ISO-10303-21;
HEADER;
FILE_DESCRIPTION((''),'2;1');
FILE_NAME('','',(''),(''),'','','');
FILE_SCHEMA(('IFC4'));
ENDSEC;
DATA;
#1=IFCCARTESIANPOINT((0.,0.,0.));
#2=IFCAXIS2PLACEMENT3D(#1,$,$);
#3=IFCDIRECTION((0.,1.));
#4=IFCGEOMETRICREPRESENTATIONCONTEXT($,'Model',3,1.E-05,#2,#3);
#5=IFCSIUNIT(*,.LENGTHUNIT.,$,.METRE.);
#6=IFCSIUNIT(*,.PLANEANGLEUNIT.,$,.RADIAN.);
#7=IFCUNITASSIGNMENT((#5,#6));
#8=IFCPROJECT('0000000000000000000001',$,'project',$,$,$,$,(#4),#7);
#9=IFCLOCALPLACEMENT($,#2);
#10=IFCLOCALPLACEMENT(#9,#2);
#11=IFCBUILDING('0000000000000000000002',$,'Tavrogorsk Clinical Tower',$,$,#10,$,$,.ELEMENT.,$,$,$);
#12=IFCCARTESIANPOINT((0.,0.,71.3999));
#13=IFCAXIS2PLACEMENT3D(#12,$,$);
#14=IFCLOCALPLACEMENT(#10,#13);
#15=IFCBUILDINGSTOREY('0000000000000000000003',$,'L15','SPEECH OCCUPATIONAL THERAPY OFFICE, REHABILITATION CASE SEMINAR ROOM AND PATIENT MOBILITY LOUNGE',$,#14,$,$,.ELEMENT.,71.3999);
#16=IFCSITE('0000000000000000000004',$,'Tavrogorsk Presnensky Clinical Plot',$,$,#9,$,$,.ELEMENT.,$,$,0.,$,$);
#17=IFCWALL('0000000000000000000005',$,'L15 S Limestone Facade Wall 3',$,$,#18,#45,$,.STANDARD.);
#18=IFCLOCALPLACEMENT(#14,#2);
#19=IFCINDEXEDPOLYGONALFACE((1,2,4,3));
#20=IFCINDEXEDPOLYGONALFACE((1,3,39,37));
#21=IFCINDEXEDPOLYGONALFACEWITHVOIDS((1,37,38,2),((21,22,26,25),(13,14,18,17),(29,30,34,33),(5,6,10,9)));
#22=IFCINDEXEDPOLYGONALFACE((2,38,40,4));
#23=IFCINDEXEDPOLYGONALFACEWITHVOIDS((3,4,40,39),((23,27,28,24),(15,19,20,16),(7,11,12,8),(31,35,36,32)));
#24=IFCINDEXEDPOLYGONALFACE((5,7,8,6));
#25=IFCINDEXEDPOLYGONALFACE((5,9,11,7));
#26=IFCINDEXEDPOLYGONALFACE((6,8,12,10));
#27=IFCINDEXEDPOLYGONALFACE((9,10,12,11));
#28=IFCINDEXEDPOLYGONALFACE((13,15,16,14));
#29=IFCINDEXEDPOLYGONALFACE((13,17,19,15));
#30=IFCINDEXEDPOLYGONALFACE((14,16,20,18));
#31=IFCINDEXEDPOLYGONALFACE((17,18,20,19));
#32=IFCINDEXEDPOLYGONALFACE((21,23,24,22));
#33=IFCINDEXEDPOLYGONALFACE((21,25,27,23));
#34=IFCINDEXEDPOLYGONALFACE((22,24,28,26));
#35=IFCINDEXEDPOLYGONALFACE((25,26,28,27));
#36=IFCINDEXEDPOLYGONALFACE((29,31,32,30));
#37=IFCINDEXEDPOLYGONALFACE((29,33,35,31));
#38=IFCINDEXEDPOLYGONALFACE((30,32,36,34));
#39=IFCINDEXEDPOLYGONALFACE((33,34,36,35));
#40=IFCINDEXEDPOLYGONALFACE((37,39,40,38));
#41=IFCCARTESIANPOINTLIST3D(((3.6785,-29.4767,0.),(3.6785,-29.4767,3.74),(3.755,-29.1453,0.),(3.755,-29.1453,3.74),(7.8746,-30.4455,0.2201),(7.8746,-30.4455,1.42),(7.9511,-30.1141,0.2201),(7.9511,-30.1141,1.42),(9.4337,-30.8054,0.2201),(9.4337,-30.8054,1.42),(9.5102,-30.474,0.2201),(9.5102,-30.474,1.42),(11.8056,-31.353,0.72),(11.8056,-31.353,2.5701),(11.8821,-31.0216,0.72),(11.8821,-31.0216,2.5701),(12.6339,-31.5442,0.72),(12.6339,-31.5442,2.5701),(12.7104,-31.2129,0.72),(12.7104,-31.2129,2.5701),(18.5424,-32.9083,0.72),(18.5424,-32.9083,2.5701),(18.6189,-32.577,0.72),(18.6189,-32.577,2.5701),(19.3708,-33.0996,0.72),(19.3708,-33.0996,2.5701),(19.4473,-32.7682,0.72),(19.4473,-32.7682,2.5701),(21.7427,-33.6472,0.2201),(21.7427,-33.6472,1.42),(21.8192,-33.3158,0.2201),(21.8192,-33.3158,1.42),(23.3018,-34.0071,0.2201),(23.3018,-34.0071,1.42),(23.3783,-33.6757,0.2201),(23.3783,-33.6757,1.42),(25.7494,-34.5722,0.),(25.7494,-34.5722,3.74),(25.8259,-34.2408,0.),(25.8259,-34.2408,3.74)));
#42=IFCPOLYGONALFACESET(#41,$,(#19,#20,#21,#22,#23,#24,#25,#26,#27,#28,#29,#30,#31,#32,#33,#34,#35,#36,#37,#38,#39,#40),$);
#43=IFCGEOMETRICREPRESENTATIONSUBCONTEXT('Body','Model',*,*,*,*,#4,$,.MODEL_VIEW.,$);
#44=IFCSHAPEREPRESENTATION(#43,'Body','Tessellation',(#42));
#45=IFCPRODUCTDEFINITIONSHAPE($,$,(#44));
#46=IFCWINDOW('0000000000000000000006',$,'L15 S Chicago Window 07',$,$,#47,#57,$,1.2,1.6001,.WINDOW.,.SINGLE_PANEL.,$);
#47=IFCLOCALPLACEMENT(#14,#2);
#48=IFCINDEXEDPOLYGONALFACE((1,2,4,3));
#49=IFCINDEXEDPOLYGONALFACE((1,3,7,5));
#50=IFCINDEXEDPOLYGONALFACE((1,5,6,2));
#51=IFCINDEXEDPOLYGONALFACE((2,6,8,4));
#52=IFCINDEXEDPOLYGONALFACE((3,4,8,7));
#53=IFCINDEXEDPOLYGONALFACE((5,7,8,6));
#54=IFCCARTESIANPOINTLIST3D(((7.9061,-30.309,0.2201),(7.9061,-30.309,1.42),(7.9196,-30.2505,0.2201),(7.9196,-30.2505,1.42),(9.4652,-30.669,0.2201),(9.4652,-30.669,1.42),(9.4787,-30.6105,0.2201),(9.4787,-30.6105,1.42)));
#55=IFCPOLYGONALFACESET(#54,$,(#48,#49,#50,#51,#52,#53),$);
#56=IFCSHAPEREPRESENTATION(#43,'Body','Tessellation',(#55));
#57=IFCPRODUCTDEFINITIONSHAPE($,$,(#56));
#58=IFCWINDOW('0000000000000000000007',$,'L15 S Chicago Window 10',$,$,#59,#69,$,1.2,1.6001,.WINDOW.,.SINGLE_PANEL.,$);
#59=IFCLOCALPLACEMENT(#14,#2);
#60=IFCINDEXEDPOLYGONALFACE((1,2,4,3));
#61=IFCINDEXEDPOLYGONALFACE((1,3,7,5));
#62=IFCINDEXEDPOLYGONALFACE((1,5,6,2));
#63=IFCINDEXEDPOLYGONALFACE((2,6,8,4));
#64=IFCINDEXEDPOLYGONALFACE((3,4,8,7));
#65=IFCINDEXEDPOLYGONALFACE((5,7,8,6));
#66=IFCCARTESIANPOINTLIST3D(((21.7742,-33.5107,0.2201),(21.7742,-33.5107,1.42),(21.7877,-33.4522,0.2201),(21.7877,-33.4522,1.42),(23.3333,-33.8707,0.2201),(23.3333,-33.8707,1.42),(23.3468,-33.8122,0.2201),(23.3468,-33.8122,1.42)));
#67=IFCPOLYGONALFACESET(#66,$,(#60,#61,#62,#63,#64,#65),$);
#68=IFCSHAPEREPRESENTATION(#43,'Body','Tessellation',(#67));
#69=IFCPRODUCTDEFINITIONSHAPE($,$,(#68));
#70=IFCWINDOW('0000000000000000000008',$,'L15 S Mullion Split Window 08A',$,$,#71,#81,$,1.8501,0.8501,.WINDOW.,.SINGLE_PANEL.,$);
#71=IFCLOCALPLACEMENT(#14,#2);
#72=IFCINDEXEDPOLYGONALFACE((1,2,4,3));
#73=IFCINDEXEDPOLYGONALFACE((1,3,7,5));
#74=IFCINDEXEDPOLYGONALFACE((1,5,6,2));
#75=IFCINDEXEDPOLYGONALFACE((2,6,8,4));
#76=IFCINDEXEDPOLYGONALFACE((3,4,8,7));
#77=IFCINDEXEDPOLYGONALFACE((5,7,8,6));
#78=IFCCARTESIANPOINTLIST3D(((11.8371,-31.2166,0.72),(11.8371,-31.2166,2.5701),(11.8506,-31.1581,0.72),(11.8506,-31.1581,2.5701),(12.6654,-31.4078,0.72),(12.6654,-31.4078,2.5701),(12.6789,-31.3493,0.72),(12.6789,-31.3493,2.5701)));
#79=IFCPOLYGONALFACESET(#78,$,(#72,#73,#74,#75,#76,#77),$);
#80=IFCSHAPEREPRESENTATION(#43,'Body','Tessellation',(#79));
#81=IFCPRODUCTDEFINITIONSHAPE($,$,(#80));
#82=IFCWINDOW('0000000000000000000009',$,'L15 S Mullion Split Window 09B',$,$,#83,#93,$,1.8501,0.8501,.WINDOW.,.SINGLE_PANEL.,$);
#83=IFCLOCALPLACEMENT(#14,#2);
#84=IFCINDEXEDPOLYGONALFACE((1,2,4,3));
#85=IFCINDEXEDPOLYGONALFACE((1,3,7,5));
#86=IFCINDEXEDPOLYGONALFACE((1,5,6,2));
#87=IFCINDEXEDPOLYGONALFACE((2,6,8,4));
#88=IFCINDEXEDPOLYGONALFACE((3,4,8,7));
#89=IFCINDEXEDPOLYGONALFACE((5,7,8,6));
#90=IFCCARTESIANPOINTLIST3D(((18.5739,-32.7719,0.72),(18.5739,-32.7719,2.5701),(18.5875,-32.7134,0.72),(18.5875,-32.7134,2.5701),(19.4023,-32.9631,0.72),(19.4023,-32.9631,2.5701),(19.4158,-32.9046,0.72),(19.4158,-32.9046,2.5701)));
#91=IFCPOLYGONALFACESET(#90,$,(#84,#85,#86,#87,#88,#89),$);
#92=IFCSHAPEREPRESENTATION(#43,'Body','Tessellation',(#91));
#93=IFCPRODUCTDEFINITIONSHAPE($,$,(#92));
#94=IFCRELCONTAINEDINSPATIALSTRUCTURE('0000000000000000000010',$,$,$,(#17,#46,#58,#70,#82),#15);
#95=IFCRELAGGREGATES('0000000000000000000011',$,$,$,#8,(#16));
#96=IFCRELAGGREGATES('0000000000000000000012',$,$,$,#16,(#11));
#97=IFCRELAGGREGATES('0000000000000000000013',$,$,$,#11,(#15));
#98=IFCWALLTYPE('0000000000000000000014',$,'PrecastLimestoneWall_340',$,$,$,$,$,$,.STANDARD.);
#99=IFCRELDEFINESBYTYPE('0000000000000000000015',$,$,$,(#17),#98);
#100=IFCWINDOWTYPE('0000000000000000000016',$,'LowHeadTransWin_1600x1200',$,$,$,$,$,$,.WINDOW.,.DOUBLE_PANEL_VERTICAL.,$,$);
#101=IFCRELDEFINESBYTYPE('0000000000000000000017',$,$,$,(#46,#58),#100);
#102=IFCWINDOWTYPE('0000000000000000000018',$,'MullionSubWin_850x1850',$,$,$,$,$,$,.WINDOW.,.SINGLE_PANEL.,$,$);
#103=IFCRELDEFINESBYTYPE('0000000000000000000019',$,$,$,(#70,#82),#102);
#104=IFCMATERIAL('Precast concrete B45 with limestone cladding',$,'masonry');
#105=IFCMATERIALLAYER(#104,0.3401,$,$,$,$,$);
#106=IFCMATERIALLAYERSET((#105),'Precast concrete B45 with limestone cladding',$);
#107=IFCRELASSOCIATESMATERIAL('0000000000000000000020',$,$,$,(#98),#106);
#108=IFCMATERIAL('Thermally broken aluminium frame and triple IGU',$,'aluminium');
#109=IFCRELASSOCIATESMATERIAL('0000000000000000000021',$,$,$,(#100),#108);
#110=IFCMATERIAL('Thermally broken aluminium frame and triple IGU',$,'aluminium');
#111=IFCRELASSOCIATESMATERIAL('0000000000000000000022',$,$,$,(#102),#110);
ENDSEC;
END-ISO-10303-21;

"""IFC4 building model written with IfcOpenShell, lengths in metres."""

from ifc_helpers import new_model, si_unit, direction, frame, frame_2d, origin, place, context, subcontext, project, spatial, rectangle, extrude, material, layer, layer_set, type_object, element, fill, save


model = new_model("IFC4")

# Units and contexts
model_context = context("Model", 3, precision=1e-05, world=origin(), true_north=direction((0.0, 1.0)))
body_context = subcontext(model_context, "Body", "Model", "MODEL_VIEW")
ifc_project = project(units=[si_unit("LENGTHUNIT", "METRE"), si_unit("PLANEANGLEUNIT", "RADIAN")], contexts=[model_context])

# Site, building, storey
site_placement = place(None, origin())
site = spatial("IfcSite", under=ifc_project, at=site_placement, Name="Tavrogorsk Presnensky Clinical Plot", CompositionType="ELEMENT", RefElevation=0.0)
building_placement = place(site_placement, origin())
building = spatial("IfcBuilding", under=site, at=building_placement, Name="Tavrogorsk Clinical Tower", CompositionType="ELEMENT")
storey_placement = place(building_placement, frame((0.0, 0.0, 71.3999)))
storey = spatial("IfcBuildingStorey", under=building, at=storey_placement, Name="L15", Description="SPEECH OCCUPATIONAL THERAPY OFFICE, REHABILITATION CASE SEMINAR ROOM AND PATIENT MOBILITY LOUNGE", CompositionType="ELEMENT", Elevation=71.3999)

# Wall, openings, windows
ifc_material_1 = material(Name="Precast concrete B45 with limestone cladding", Category="masonry")
ifc_layer_1 = layer(ifc_material_1, 0.3401)
ifc_layer_set_1 = layer_set([ifc_layer_1], Name="Precast concrete B45 with limestone cladding")
wall_type_1 = type_object("IfcWallType", Name="PrecastLimestoneWall_340", PredefinedType="STANDARD", material=ifc_layer_set_1)
wall_1_placement = place(storey_placement, frame((3.7168, -29.311, 0.0), z_axis=(0.0, 0.0, 1.0), x_axis=(0.97437, -0.224952, 0.0)))
wall_1 = element("IfcWall", 1, at=wall_1_placement, inside=storey, type_object=wall_type_1, Name="L15 S Limestone Facade Wall 3", PredefinedType="STANDARD", context=body_context, shape_type="SweptSolid", body=[
    extrude(rectangle(XDim=22.6514, YDim=0.3401, at=frame_2d((11.3257, 0.0))), origin(), (0.0, 0.0, 1.0), 3.74),
])
opening_1_placement = place(wall_1_placement, frame((4.3064, 0.0, 0.22)))
opening_1 = element("IfcOpeningElement", 2, at=opening_1_placement, cuts=wall_1, PredefinedType="OPENING", context=body_context, shape_type="SweptSolid", body=[
    extrude(rectangle(XDim=1.6001, YDim=1.2, at=frame_2d((0.8, 0.6001))), frame((0.0, 0.1799, 0.0), z_axis=(0.0, -1.0, 0.0), x_axis=(1.0, 0.0, 0.0)), (0.0, 0.0, 1.0), 0.3601),
])
opening_2_placement = place(wall_1_placement, frame((8.3408, 0.0, 0.72)))
opening_2 = element("IfcOpeningElement", 3, at=opening_2_placement, cuts=wall_1, PredefinedType="OPENING", context=body_context, shape_type="SweptSolid", body=[
    extrude(rectangle(XDim=0.8501, YDim=1.8501, at=frame_2d((0.425, 0.925))), frame((0.0, 0.1799, 0.0), z_axis=(0.0, -1.0, 0.0), x_axis=(1.0, 0.0, 0.0)), (0.0, 0.0, 1.0), 0.3601),
])
opening_3_placement = place(wall_1_placement, frame((15.2549, 0.0, 0.72)))
opening_3 = element("IfcOpeningElement", 4, at=opening_3_placement, cuts=wall_1, PredefinedType="OPENING", context=body_context, shape_type="SweptSolid", body=[
    extrude(rectangle(XDim=0.8501, YDim=1.8501, at=frame_2d((0.425, 0.925))), frame((0.0, 0.1799, 0.0), z_axis=(0.0, -1.0, 0.0), x_axis=(1.0, 0.0, 0.0)), (0.0, 0.0, 1.0), 0.3601),
])
opening_4_placement = place(wall_1_placement, frame((18.5393, 0.0, 0.22)))
opening_4 = element("IfcOpeningElement", 5, at=opening_4_placement, cuts=wall_1, PredefinedType="OPENING", context=body_context, shape_type="SweptSolid", body=[
    extrude(rectangle(XDim=1.6001, YDim=1.2, at=frame_2d((0.8, 0.6001))), frame((0.0, 0.1799, 0.0), z_axis=(0.0, -1.0, 0.0), x_axis=(1.0, 0.0, 0.0)), (0.0, 0.0, 1.0), 0.3601),
])
ifc_material_2 = material(Name="Thermally broken aluminium frame and triple IGU", Category="aluminium")
window_type_1 = type_object("IfcWindowType", Name="LowHeadTransWin_1600x1200", PartitioningType="DOUBLE_PANEL_VERTICAL", PredefinedType="WINDOW", material=ifc_material_2)
window_1_placement = place(opening_1_placement, origin())
window_1 = element("IfcWindow", 6, at=window_1_placement, inside=storey, type_object=window_type_1, Name="L15 S Chicago Window 07", OverallHeight=1.2, OverallWidth=1.6001, PartitioningType="SINGLE_PANEL", PredefinedType="WINDOW", context=body_context, shape_type="SweptSolid", body=[
    extrude(rectangle(XDim=1.6001, YDim=1.2, at=frame_2d((0.8, 0.6001))), frame((0.0, 0.03, 0.0), z_axis=(0.0, -1.0, 0.0), x_axis=(1.0, 0.0, 0.0)), (0.0, 0.0, 1.0), 0.0601),
])
fill(opening_1, window_1)
window_2_placement = place(opening_4_placement, origin())
window_2 = element("IfcWindow", 7, at=window_2_placement, inside=storey, type_object=window_type_1, Name="L15 S Chicago Window 10", OverallHeight=1.2, OverallWidth=1.6001, PartitioningType="SINGLE_PANEL", PredefinedType="WINDOW", context=body_context, shape_type="SweptSolid", body=[
    extrude(rectangle(XDim=1.6001, YDim=1.2, at=frame_2d((0.8, 0.6001))), frame((0.0, 0.03, 0.0), z_axis=(0.0, -1.0, 0.0), x_axis=(1.0, 0.0, 0.0)), (0.0, 0.0, 1.0), 0.0601),
])
fill(opening_4, window_2)
ifc_material_3 = material(Name="Thermally broken aluminium frame and triple IGU", Category="aluminium")
window_type_2 = type_object("IfcWindowType", Name="MullionSubWin_850x1850", PartitioningType="SINGLE_PANEL", PredefinedType="WINDOW", material=ifc_material_3)
window_3_placement = place(opening_2_placement, origin())
window_3 = element("IfcWindow", 8, at=window_3_placement, inside=storey, type_object=window_type_2, Name="L15 S Mullion Split Window 08A", OverallHeight=1.8501, OverallWidth=0.8501, PartitioningType="SINGLE_PANEL", PredefinedType="WINDOW", context=body_context, shape_type="SweptSolid", body=[
    extrude(rectangle(XDim=0.8501, YDim=1.8501, at=frame_2d((0.425, 0.925))), frame((0.0, 0.03, 0.0), z_axis=(0.0, -1.0, 0.0), x_axis=(1.0, 0.0, 0.0)), (0.0, 0.0, 1.0), 0.0601),
])
fill(opening_2, window_3)
window_4_placement = place(opening_3_placement, origin())
window_4 = element("IfcWindow", 9, at=window_4_placement, inside=storey, type_object=window_type_2, Name="L15 S Mullion Split Window 09B", OverallHeight=1.8501, OverallWidth=0.8501, PartitioningType="SINGLE_PANEL", PredefinedType="WINDOW", context=body_context, shape_type="SweptSolid", body=[
    extrude(rectangle(XDim=0.8501, YDim=1.8501, at=frame_2d((0.425, 0.925))), frame((0.0, 0.03, 0.0), z_axis=(0.0, -1.0, 0.0), x_axis=(1.0, 0.0, 0.0)), (0.0, 0.0, 1.0), 0.0601),
])
fill(opening_3, window_4)

save(model, "model.ifc")
